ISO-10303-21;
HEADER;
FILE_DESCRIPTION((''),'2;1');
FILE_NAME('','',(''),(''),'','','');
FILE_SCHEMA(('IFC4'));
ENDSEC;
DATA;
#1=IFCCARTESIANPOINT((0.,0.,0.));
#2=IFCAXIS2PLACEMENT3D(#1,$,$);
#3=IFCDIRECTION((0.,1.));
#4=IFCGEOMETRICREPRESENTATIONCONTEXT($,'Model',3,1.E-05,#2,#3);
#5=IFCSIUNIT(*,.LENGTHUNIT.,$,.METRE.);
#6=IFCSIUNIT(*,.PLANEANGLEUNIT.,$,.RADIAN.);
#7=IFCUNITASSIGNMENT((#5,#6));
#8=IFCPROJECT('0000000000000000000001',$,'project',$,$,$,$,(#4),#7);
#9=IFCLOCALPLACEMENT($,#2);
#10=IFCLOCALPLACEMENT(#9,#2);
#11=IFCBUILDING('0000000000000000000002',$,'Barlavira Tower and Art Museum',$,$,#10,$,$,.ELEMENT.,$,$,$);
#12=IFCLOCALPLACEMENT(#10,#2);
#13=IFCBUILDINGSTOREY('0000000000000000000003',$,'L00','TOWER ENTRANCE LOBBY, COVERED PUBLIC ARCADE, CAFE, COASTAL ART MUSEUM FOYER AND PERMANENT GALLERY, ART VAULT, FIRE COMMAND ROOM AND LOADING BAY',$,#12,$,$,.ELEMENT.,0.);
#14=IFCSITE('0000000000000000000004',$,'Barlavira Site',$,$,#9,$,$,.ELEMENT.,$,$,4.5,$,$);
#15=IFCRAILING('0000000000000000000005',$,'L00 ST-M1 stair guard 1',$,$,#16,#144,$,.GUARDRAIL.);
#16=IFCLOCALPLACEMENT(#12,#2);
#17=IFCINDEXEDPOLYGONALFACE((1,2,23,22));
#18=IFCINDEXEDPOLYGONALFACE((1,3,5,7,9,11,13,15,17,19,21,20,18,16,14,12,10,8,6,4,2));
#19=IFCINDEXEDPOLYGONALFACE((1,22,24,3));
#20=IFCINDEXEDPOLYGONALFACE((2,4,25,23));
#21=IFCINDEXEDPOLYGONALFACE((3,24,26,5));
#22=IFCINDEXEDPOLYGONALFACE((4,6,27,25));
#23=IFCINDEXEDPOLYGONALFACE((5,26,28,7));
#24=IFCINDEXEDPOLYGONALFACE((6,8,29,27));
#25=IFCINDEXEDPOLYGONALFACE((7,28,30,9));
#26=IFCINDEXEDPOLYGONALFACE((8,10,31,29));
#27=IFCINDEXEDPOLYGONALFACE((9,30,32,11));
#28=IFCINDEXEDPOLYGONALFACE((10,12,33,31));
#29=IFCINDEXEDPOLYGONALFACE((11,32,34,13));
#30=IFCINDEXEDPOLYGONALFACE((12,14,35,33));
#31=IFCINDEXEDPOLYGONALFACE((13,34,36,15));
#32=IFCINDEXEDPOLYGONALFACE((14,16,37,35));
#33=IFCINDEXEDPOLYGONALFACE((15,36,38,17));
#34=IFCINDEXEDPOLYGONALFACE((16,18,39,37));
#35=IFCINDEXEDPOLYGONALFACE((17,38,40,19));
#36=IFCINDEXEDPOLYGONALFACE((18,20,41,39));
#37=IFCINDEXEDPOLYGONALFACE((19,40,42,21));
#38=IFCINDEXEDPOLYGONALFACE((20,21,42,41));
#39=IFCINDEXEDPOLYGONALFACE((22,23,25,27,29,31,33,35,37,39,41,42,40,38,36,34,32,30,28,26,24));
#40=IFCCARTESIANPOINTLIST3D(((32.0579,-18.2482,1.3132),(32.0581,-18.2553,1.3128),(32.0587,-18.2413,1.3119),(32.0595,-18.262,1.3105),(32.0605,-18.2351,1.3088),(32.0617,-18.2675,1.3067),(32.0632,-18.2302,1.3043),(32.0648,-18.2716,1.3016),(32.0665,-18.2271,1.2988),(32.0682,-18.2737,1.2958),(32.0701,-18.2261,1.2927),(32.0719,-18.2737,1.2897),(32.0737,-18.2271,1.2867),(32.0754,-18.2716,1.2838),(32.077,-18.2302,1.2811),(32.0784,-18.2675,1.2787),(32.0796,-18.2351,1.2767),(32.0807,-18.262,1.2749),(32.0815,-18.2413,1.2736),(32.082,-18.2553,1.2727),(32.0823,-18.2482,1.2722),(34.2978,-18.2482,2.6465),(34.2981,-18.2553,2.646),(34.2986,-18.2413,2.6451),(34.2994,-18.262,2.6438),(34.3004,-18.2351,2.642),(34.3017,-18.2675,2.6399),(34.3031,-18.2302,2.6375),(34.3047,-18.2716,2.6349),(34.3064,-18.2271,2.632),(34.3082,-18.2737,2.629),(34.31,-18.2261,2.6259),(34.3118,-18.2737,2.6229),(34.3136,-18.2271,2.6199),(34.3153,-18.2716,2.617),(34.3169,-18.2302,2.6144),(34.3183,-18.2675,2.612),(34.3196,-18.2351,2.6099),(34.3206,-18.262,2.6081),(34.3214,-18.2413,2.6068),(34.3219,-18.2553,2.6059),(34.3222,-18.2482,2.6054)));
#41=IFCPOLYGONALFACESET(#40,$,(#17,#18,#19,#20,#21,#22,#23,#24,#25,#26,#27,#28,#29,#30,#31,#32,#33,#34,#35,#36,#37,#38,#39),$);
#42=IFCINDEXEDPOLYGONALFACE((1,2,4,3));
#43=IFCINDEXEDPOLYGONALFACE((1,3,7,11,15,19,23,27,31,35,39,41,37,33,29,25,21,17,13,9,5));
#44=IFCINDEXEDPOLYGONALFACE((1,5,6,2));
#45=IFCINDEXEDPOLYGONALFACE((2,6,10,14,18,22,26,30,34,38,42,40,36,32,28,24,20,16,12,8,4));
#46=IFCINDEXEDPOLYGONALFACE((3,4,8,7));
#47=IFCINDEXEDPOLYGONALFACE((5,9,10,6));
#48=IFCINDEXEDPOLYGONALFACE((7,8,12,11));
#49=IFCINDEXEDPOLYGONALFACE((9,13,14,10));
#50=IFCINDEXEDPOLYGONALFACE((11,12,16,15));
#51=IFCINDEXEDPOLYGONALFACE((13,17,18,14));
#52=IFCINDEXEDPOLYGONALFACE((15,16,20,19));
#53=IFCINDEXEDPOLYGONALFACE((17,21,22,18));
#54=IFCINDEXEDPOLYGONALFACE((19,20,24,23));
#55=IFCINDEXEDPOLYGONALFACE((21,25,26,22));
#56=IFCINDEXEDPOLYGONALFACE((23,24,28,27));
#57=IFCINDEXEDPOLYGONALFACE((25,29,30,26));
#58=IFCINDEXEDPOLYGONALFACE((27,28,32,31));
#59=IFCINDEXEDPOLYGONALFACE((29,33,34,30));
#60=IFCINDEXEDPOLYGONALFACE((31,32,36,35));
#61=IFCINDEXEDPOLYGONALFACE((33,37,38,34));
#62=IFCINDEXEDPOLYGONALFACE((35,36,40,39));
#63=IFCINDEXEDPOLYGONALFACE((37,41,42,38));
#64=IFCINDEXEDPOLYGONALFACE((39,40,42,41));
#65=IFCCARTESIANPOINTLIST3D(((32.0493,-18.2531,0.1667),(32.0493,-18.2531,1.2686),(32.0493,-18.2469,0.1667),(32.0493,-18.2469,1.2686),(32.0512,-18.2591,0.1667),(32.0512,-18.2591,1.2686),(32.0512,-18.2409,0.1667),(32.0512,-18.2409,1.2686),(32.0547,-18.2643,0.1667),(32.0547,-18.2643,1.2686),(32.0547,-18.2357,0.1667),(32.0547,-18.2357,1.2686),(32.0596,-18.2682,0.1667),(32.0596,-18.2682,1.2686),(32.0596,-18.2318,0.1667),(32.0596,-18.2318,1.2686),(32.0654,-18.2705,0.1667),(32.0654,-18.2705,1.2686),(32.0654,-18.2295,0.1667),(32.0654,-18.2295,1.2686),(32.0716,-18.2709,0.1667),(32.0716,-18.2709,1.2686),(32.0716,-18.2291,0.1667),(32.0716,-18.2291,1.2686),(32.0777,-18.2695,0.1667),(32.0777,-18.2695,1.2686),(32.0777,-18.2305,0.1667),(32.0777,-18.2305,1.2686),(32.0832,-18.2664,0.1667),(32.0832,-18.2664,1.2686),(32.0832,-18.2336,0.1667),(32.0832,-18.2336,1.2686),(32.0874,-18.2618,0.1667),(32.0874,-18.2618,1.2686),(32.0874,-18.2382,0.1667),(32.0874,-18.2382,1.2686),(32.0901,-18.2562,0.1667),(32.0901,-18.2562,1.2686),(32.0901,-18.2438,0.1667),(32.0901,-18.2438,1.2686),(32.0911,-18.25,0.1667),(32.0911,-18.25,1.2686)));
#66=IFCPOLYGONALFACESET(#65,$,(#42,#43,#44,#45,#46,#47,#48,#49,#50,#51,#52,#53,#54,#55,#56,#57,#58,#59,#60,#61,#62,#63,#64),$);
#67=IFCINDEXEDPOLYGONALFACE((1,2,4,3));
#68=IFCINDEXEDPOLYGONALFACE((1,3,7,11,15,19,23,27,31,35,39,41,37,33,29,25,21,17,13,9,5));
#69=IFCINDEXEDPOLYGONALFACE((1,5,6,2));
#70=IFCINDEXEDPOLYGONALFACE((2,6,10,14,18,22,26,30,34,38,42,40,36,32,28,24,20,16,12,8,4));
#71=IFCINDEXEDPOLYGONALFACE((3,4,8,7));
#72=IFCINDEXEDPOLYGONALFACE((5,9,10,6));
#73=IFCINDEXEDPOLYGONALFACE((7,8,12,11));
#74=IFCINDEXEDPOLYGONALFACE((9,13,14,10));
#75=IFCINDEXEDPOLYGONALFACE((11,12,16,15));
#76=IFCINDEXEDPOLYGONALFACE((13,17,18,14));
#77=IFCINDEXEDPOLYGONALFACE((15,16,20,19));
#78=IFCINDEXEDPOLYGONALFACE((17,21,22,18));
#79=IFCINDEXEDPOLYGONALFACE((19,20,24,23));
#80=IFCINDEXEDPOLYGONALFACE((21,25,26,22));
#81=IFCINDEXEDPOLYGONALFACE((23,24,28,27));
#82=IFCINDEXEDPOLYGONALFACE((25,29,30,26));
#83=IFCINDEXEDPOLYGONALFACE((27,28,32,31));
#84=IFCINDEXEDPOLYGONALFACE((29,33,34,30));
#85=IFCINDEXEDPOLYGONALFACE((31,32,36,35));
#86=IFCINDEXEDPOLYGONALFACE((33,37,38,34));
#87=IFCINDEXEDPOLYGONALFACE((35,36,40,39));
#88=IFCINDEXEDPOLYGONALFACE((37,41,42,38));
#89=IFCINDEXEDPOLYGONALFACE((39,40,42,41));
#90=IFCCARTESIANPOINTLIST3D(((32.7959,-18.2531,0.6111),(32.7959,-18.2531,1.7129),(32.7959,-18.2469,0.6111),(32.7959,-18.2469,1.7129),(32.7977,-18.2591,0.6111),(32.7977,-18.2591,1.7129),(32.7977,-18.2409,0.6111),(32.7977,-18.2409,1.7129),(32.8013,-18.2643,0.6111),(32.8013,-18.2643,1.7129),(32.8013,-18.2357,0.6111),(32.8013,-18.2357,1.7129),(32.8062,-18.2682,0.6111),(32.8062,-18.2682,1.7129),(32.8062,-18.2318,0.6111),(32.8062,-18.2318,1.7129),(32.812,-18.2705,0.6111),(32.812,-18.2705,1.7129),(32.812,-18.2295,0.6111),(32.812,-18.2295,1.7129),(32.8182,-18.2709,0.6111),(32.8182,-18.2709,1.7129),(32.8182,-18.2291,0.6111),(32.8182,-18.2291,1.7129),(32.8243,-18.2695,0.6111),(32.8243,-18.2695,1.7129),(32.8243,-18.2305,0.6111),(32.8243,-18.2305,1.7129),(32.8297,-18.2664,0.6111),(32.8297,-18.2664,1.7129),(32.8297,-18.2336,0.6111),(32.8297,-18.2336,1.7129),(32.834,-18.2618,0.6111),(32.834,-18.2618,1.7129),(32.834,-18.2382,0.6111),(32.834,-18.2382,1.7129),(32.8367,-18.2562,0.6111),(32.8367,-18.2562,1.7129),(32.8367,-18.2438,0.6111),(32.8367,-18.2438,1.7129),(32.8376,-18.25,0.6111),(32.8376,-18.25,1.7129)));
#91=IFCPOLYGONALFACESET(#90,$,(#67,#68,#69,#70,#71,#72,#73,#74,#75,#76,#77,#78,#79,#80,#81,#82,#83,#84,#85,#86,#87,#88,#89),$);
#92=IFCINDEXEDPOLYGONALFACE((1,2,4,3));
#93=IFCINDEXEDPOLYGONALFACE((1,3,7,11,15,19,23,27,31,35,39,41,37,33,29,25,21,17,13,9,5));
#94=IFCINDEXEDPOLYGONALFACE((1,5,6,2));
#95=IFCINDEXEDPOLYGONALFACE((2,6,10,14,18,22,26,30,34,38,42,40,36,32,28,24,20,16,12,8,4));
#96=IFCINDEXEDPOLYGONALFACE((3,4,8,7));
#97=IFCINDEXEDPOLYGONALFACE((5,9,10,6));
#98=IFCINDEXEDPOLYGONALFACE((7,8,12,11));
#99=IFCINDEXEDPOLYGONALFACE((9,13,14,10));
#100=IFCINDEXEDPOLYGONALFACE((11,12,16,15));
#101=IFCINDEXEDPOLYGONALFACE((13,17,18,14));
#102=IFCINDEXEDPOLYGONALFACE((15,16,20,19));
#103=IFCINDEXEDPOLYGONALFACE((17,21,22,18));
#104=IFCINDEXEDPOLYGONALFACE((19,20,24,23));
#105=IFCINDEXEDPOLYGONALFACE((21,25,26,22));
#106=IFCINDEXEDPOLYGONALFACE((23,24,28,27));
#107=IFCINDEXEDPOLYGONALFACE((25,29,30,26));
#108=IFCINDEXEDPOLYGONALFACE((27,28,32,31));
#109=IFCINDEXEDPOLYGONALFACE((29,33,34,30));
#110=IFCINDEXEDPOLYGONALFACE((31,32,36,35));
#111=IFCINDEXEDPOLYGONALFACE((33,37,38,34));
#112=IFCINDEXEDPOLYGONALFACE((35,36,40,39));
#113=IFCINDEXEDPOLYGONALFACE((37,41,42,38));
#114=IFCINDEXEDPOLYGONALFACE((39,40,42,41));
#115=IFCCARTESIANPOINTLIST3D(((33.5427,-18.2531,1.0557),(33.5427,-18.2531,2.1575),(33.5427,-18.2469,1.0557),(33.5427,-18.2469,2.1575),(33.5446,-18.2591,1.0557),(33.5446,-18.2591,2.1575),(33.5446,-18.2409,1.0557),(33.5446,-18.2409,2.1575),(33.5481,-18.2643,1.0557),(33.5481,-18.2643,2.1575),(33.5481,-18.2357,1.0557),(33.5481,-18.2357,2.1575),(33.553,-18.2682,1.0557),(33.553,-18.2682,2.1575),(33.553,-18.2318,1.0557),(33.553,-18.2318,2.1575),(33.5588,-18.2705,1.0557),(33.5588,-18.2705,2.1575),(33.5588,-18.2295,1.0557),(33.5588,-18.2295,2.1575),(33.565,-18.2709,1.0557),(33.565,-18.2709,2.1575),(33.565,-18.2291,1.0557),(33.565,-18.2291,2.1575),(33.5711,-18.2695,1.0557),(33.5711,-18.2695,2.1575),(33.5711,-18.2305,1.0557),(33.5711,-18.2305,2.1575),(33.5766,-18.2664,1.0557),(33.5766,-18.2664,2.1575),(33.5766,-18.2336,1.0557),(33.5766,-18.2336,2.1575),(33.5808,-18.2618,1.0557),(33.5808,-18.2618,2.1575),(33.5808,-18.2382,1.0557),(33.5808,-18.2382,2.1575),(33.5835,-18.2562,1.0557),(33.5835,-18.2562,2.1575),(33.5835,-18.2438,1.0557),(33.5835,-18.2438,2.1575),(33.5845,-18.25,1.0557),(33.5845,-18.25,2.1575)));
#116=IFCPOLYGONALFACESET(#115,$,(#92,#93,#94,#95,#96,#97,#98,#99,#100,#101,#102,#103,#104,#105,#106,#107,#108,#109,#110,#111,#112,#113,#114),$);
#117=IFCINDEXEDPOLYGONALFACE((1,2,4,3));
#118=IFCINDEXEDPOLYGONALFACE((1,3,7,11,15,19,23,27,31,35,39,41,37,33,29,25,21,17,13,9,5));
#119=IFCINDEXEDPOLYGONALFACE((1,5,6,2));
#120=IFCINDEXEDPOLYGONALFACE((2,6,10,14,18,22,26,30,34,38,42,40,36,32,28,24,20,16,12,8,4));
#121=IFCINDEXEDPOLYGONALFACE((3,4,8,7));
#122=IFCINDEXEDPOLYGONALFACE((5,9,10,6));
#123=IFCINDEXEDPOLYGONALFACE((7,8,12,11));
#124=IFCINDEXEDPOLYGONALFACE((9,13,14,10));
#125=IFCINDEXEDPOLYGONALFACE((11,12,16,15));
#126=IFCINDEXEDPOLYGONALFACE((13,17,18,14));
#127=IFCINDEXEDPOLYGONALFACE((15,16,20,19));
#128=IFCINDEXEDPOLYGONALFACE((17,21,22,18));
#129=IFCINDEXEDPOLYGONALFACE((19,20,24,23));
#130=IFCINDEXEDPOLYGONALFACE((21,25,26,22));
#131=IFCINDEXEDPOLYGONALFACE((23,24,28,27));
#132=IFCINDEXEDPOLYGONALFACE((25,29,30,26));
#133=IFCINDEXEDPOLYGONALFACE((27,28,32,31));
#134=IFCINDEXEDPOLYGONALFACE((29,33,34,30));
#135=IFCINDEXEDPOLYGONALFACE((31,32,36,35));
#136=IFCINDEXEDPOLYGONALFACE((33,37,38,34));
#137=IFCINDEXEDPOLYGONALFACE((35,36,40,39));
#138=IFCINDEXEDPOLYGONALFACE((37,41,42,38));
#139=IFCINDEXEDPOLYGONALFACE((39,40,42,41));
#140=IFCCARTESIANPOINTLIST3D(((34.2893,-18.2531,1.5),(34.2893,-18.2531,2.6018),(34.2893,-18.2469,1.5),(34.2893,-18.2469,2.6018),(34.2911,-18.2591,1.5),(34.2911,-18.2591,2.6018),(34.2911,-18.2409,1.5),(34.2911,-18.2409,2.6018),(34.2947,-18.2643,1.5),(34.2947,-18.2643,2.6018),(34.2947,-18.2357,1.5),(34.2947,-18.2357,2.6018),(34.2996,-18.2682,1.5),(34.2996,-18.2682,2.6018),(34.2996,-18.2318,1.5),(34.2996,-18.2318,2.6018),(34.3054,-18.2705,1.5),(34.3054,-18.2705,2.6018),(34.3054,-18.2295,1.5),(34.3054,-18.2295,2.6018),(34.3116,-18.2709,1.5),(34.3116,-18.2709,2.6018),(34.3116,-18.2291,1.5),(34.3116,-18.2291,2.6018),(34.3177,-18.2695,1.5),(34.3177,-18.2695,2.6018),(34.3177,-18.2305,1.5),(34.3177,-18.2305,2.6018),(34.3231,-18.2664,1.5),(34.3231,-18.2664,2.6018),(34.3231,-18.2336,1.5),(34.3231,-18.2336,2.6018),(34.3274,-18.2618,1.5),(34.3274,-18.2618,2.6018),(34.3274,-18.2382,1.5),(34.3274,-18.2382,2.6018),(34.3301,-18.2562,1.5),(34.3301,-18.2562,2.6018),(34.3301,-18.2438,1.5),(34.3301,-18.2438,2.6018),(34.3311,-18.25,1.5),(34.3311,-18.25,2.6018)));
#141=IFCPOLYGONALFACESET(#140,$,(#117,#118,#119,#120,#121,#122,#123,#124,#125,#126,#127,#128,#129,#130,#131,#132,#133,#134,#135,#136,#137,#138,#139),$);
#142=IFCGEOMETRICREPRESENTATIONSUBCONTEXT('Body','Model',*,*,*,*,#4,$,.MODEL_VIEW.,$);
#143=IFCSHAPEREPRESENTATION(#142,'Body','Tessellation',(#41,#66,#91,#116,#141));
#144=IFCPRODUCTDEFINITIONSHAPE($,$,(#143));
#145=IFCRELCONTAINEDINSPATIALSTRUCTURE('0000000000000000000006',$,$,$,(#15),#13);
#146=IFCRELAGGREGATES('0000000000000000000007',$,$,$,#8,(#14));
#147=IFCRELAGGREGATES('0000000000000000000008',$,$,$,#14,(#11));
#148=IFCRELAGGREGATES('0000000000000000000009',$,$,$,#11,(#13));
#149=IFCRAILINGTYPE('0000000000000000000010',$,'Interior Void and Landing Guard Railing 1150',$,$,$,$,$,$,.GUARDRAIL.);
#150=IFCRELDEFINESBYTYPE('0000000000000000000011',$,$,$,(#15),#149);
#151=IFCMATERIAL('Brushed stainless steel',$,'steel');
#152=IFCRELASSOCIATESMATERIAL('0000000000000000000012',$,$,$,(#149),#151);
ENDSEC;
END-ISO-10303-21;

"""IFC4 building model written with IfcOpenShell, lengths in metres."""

from ifc_helpers import new_model, si_unit, direction, frame, origin, origin_2d, place, context, subcontext, project, spatial, circle, extrude, material, type_object, element, save


model = new_model("IFC4")

# Units and contexts
model_context = context("Model", 3, precision=1e-05, world=origin(), true_north=direction((0.0, 1.0)))
body_context = subcontext(model_context, "Body", "Model", "MODEL_VIEW")
ifc_project = project(units=[si_unit("LENGTHUNIT", "METRE"), si_unit("PLANEANGLEUNIT", "RADIAN")], contexts=[model_context])

# Site, building, storey
site_placement = place(None, origin())
site = spatial("IfcSite", under=ifc_project, at=site_placement, Name="Barlavira Site", CompositionType="ELEMENT", RefElevation=4.5)
building_placement = place(site_placement, origin())
building = spatial("IfcBuilding", under=site, at=building_placement, Name="Barlavira Tower and Art Museum", CompositionType="ELEMENT")
storey_placement = place(building_placement, origin())
storey = spatial("IfcBuildingStorey", under=building, at=storey_placement, Name="L00", Description="TOWER ENTRANCE LOBBY, COVERED PUBLIC ARCADE, CAFE, COASTAL ART MUSEUM FOYER AND PERMANENT GALLERY, ART VAULT, FIRE COMMAND ROOM AND LOADING BAY", CompositionType="ELEMENT", Elevation=0.0)

# Shared definitions
ifc_material_1 = material(Name="Brushed stainless steel", Category="steel")

# Railing
railing_type_1 = type_object("IfcRailingType", Name="Interior Void and Landing Guard Railing 1150", PredefinedType="GUARDRAIL", material=ifc_material_1)
railing_1_placement = place(storey_placement, frame((32.0701, -18.25, 0.1667)))
element("IfcRailing", 1, at=railing_1_placement, inside=storey, type_object=railing_type_1, Name="L00 ST-M1 stair guard 1", PredefinedType="GUARDRAIL", context=body_context, shape_type="SweptSolid", body=[
    extrude(circle(Radius=0.0239, at=origin_2d()), frame((0.0, 0.0, 1.126), z_axis=(0.859306, 0.0, 0.511462), x_axis=(0.0, 1.0, 0.0)), (0.0, 0.0, 1.0), 2.6067),
    extrude(circle(Radius=0.021, at=origin_2d()), origin(), (0.0, 0.0, 1.0), 1.1018),
    extrude(circle(Radius=0.021, at=origin_2d()), frame((0.7466, 0.0, 0.4443)), (0.0, 0.0, 1.0), 1.1018),
    extrude(circle(Radius=0.021, at=origin_2d()), frame((1.4934, 0.0, 0.8889)), (0.0, 0.0, 1.0), 1.1018),
    extrude(circle(Radius=0.021, at=origin_2d()), frame((2.24, 0.0, 1.3333)), (0.0, 0.0, 1.0), 1.1018),
])

save(model, "model.ifc")
